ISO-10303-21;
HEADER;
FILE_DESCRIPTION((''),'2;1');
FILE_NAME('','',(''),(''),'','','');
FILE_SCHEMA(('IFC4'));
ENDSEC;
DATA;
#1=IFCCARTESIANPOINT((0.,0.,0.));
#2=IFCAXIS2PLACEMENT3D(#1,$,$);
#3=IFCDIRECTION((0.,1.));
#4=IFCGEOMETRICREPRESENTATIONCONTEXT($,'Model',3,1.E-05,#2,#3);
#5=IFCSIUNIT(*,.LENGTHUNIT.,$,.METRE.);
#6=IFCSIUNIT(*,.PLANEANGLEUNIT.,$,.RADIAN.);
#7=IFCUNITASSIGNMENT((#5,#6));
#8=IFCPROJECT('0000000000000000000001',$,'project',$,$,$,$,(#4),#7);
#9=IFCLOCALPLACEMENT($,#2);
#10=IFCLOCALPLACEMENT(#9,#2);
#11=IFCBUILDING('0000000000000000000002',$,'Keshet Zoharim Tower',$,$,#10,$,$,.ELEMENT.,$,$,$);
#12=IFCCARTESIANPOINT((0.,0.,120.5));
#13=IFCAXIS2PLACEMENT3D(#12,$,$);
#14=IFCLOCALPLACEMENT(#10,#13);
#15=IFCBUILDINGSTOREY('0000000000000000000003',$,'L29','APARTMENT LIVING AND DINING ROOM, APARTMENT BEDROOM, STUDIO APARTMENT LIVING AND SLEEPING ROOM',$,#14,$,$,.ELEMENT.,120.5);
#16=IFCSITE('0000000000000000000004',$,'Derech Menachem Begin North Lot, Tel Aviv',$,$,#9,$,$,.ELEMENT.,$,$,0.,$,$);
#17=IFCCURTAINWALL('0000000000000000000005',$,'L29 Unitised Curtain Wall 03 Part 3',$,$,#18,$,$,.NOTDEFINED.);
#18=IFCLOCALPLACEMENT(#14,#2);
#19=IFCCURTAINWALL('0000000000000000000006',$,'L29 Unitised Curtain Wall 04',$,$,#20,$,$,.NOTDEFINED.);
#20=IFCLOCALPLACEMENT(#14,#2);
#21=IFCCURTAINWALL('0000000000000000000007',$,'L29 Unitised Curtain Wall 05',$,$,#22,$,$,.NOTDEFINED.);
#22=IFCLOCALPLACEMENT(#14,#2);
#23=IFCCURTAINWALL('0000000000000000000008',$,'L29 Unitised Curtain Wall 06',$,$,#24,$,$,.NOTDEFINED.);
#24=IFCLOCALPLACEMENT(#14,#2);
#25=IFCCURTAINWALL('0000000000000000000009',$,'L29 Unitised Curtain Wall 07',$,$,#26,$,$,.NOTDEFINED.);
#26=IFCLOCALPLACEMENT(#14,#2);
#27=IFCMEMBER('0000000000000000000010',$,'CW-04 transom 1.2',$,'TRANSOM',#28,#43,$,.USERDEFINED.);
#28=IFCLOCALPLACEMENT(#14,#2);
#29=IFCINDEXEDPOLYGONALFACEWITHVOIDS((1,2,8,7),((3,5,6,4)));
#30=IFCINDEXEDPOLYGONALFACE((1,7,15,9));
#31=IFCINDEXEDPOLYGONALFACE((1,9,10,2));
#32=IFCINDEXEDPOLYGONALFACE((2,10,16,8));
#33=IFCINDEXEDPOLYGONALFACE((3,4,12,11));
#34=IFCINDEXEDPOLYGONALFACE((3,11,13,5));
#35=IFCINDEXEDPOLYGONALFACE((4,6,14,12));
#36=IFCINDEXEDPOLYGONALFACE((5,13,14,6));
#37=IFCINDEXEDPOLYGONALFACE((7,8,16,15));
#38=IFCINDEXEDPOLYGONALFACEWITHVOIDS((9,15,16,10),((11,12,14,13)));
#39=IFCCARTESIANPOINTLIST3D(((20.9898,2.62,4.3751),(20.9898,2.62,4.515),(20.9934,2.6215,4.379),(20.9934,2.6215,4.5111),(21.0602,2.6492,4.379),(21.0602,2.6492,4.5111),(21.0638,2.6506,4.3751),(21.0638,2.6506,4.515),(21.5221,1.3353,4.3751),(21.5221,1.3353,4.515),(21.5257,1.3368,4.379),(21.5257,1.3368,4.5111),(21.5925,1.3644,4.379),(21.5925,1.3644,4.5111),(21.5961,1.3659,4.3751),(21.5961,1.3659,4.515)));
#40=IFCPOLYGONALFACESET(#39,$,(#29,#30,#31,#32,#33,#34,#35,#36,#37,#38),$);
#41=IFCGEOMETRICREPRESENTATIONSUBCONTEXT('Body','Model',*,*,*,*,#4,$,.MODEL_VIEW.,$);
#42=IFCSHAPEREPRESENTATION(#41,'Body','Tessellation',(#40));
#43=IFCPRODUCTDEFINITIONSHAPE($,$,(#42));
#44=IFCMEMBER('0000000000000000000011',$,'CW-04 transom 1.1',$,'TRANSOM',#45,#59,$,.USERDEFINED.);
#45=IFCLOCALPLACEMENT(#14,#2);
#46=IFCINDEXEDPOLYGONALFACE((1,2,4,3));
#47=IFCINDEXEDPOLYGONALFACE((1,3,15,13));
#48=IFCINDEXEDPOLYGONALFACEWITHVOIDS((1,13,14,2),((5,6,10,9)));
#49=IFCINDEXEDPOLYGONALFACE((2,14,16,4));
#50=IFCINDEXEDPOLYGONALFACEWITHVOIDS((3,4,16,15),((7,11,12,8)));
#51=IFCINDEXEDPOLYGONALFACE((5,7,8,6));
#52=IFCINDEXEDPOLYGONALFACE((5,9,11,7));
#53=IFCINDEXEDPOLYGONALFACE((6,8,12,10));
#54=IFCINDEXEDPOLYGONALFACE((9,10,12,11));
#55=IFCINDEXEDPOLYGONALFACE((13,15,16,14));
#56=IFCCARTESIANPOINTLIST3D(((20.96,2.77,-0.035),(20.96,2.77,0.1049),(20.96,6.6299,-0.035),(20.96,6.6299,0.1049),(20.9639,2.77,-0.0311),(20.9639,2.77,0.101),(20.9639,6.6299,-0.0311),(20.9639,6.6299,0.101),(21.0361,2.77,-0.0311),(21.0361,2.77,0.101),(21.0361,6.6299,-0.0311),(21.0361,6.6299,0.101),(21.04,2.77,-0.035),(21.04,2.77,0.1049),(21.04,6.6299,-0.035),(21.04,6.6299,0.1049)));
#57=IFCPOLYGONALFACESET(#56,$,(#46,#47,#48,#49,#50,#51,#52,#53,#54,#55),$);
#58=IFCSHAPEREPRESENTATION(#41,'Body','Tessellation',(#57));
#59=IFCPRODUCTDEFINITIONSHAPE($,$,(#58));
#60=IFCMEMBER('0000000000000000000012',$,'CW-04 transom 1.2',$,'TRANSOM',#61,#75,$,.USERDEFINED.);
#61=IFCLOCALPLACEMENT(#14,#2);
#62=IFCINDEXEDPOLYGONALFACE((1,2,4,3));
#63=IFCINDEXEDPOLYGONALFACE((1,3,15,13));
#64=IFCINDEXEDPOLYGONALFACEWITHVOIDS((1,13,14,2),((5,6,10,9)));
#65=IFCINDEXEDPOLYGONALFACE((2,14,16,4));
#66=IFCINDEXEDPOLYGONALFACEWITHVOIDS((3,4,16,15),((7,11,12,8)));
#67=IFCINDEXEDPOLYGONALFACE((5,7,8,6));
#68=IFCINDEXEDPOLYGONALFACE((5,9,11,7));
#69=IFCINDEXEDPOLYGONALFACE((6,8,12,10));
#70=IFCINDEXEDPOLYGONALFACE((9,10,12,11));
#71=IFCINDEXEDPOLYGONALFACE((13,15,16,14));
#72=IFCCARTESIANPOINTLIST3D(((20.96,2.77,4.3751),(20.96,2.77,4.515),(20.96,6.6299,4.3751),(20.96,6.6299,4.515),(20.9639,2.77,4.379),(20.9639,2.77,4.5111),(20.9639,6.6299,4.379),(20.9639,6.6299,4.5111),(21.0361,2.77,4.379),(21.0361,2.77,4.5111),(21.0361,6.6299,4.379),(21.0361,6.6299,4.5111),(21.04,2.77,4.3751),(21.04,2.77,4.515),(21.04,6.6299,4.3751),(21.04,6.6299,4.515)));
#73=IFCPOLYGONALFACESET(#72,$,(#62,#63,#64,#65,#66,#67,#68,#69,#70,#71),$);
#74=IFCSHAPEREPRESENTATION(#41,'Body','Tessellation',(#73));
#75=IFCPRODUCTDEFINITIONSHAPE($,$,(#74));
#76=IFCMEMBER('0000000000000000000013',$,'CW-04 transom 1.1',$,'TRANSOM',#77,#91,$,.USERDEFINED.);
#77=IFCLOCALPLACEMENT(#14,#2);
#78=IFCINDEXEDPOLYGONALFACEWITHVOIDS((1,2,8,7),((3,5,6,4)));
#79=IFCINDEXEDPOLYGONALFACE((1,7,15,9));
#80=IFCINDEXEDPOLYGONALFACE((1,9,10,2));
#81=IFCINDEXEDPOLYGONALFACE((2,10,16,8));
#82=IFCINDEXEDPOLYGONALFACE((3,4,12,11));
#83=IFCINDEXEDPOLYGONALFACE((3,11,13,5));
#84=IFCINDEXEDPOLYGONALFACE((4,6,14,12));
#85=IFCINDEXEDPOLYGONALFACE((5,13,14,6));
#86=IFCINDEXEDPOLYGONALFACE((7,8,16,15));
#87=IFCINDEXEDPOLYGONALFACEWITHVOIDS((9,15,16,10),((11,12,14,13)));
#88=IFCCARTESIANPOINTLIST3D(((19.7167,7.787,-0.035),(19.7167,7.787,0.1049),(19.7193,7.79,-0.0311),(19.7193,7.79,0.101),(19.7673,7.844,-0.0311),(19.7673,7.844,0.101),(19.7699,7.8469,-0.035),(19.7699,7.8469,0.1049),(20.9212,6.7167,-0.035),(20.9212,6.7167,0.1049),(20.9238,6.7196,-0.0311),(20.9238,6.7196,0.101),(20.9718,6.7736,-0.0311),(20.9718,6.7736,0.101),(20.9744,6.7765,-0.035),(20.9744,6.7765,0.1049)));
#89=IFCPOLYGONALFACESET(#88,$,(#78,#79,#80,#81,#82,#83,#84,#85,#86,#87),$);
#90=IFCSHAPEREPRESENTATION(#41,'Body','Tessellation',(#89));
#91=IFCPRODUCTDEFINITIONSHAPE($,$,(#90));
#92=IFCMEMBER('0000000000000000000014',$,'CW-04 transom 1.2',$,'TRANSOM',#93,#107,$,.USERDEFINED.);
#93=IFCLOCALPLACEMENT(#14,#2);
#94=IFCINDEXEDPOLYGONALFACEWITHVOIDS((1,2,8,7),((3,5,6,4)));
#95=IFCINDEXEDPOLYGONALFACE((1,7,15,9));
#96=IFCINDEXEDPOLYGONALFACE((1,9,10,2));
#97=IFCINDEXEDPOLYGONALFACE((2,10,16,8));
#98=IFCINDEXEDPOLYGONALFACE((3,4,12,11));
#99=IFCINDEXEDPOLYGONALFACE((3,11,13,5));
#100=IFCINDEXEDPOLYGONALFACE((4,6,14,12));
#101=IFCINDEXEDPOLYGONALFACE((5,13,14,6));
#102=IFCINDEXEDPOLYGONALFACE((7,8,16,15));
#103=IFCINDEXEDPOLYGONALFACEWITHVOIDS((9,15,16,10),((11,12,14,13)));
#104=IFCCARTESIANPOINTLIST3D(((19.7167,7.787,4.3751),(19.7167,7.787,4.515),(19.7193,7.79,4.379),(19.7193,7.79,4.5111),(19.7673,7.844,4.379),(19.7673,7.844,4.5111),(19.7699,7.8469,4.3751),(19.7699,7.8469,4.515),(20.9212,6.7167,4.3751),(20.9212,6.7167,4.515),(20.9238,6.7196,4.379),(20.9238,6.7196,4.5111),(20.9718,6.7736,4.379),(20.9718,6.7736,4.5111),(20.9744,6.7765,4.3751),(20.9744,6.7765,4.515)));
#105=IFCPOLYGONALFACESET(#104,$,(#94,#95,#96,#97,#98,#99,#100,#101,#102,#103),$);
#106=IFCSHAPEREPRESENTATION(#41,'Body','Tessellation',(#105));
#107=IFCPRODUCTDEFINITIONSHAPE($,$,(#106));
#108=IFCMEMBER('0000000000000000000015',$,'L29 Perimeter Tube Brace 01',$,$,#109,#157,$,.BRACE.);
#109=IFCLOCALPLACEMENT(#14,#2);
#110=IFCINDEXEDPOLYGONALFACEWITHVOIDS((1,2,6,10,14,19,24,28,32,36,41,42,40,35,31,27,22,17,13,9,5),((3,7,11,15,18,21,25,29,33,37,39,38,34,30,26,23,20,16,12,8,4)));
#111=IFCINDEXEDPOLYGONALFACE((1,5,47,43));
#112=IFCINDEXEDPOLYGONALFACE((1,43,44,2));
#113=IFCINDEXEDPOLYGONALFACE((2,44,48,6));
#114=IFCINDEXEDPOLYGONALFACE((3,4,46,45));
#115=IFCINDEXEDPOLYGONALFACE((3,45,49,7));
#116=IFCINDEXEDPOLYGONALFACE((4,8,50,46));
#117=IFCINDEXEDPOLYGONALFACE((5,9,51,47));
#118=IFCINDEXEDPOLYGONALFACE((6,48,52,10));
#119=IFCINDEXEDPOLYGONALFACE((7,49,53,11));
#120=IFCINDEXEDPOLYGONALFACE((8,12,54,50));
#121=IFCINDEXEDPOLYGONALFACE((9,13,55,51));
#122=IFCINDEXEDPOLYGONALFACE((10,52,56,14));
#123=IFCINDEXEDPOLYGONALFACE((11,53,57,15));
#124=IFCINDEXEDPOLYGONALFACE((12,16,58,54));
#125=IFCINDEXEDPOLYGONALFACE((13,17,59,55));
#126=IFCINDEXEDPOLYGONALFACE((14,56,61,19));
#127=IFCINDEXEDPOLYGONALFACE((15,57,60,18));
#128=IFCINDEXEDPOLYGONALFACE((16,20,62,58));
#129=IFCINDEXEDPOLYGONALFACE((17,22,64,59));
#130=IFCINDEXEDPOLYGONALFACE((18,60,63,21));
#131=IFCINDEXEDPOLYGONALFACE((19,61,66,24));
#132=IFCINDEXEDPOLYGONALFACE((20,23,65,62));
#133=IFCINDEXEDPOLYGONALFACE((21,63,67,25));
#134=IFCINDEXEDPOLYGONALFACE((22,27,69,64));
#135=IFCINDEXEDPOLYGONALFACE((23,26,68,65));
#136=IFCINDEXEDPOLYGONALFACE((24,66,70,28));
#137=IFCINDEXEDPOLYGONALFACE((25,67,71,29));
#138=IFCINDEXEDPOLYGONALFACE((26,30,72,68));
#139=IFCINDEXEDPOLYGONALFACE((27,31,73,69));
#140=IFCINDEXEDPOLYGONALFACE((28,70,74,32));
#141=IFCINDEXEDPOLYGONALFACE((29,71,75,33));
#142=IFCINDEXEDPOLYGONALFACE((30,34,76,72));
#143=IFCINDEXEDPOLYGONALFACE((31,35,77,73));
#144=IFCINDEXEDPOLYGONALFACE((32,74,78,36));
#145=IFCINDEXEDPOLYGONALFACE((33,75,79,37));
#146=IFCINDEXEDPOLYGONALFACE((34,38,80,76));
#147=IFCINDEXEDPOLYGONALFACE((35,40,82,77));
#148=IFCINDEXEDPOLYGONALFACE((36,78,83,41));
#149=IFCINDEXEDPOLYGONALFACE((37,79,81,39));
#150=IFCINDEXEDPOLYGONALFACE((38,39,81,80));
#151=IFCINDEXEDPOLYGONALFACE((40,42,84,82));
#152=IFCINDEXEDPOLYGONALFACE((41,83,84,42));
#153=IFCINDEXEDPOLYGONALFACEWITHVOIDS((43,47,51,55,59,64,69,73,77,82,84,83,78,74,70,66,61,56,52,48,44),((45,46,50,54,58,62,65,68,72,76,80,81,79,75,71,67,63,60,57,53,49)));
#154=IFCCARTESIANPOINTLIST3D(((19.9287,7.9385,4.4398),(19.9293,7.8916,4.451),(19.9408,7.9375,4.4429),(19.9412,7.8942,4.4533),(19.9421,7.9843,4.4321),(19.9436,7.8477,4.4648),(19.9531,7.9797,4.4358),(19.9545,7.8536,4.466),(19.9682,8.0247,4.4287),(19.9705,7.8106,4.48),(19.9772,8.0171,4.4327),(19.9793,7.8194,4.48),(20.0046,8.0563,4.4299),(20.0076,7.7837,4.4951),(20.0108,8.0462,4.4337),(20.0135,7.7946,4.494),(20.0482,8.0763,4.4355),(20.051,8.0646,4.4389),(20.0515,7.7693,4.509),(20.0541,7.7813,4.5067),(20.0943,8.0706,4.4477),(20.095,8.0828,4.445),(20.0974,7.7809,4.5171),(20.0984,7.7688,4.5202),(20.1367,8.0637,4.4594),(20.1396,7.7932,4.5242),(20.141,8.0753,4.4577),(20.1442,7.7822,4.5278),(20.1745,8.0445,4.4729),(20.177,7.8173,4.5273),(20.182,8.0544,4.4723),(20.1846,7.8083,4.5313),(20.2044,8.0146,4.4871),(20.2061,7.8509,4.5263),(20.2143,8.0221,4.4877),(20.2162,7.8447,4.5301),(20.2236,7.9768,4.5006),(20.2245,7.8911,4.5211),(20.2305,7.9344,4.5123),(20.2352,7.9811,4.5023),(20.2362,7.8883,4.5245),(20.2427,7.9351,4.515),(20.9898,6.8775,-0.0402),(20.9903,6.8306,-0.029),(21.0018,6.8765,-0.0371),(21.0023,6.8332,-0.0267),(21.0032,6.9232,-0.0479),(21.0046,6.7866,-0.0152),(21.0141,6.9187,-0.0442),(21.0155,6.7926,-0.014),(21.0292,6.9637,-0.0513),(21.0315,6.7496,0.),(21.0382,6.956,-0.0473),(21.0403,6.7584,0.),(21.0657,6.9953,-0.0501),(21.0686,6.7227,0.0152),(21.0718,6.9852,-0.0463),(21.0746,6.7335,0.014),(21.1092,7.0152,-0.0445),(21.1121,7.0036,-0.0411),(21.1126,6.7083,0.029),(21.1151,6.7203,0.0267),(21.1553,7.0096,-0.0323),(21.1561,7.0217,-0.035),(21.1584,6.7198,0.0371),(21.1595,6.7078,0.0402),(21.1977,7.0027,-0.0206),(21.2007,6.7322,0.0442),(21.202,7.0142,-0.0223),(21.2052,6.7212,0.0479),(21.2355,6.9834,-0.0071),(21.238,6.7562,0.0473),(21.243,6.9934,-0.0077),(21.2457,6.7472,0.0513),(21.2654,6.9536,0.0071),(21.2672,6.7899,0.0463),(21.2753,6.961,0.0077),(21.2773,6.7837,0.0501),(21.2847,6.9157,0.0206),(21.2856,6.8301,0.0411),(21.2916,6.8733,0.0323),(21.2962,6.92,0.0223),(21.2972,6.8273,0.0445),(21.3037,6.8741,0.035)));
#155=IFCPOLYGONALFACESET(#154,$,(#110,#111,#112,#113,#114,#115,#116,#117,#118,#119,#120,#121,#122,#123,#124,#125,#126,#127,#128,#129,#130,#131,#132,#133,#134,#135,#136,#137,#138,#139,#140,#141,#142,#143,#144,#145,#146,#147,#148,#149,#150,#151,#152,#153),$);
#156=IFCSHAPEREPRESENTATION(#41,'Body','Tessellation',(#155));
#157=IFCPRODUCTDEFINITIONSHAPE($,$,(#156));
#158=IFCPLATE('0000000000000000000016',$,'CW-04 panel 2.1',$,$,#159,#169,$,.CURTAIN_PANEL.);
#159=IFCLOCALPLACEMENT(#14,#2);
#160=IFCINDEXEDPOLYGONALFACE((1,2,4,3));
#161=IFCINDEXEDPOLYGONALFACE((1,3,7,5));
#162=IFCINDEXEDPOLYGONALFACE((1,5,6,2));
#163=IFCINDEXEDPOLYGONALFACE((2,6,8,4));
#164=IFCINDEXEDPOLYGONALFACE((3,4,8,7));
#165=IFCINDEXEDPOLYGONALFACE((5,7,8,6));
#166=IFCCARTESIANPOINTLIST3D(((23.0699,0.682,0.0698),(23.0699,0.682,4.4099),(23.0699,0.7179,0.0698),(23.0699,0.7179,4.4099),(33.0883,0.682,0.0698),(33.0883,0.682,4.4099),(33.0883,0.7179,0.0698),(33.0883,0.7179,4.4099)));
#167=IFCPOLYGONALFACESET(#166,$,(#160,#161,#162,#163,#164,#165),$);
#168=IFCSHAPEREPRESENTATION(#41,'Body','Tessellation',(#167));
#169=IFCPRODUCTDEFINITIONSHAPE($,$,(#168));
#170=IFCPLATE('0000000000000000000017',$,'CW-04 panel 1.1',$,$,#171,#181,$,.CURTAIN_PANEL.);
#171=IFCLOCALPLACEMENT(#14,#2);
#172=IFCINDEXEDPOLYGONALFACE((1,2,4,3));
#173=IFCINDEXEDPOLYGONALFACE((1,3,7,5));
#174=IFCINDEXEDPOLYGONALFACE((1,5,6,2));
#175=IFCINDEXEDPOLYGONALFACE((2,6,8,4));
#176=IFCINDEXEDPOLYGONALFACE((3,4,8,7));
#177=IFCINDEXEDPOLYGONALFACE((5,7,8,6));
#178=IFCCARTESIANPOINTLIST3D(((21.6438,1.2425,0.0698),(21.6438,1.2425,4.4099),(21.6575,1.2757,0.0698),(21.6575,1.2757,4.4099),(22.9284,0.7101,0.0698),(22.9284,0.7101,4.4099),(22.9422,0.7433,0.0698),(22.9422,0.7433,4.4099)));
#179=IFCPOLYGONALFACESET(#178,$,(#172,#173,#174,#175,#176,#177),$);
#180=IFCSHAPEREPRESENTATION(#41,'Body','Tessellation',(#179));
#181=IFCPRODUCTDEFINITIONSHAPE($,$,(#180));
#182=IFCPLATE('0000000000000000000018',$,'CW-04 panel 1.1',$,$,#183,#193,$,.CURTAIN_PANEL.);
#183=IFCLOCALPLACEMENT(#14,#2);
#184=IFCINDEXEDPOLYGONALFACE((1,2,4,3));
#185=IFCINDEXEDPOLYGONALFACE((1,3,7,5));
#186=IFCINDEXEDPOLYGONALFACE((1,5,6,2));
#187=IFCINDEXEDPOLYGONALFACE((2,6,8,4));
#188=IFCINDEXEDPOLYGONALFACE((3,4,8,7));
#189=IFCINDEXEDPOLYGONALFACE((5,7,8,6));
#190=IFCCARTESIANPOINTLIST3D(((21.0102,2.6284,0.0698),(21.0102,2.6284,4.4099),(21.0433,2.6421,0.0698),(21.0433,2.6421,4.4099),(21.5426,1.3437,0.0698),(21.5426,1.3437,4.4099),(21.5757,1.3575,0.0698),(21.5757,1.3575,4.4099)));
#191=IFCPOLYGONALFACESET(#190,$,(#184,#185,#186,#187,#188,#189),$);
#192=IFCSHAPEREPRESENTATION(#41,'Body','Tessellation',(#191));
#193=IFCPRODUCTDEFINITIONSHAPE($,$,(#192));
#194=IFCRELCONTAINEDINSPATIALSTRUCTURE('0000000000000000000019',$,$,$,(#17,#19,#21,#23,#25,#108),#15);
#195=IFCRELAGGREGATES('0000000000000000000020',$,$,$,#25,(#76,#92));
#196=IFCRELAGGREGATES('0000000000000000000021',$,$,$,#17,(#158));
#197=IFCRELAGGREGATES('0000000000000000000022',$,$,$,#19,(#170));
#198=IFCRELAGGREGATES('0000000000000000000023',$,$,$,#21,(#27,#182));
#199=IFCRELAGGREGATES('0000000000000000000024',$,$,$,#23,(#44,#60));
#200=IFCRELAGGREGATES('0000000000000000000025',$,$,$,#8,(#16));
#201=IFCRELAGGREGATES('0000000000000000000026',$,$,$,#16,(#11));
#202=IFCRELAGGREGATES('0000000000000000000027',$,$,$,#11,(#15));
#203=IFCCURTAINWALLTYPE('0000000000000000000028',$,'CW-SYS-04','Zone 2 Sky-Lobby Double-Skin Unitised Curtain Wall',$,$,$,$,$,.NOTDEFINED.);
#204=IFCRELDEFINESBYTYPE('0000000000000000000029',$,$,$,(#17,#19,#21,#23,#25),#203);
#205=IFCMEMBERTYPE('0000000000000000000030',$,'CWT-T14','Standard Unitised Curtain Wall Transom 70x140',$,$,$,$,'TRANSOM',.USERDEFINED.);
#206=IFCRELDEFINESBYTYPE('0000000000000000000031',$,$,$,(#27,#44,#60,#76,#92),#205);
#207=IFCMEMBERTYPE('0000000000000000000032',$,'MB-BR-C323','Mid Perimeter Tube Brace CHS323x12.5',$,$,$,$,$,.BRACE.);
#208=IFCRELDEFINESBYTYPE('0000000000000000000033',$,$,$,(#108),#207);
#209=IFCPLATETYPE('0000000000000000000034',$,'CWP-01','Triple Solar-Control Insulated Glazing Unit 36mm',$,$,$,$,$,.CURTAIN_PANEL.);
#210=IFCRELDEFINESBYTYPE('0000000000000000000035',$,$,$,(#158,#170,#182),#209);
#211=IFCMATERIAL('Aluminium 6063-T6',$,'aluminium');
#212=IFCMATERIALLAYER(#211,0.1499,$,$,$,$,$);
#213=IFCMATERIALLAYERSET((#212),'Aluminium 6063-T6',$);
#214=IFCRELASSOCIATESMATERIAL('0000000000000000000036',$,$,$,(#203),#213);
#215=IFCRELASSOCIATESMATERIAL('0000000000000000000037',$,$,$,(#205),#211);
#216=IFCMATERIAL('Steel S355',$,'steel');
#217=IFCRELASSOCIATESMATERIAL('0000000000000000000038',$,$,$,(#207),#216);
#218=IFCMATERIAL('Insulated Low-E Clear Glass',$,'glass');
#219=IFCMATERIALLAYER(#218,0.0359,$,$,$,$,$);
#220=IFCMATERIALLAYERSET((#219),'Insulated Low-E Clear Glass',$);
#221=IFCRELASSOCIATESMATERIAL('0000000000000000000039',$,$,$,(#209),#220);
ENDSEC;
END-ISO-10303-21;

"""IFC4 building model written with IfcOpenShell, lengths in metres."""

from ifc_helpers import new_model, si_unit, direction, frame, origin, origin_2d, place, context, subcontext, project, spatial, rectangle, hollow_rectangle, hollow_circle, extrude, material, layer, layer_set, material_profile, profile_set, type_object, element, aggregate, save


model = new_model("IFC4")

# Units and contexts
model_context = context("Model", 3, precision=1e-05, world=origin(), true_north=direction((0.0, 1.0)))
body_context = subcontext(model_context, "Body", "Model", "MODEL_VIEW")
ifc_project = project(units=[si_unit("LENGTHUNIT", "METRE"), si_unit("PLANEANGLEUNIT", "RADIAN")], contexts=[model_context])

# Site, building, storey
site_placement = place(None, origin())
site = spatial("IfcSite", under=ifc_project, at=site_placement, Name="Derech Menachem Begin North Lot, Tel Aviv", CompositionType="ELEMENT", RefElevation=0.0)
building_placement = place(site_placement, origin())
building = spatial("IfcBuilding", under=site, at=building_placement, Name="Keshet Zoharim Tower", CompositionType="ELEMENT")
storey_placement = place(building_placement, frame((0.0, 0.0, 120.5)))
storey = spatial("IfcBuildingStorey", under=building, at=storey_placement, Name="L29", Description="APARTMENT LIVING AND DINING ROOM, APARTMENT BEDROOM, STUDIO APARTMENT LIVING AND SLEEPING ROOM", CompositionType="ELEMENT", Elevation=120.5)

# Shared definitions
ifc_material_1 = material(Name="Steel S355", Category="steel")

# Curtain wall
ifc_material_2 = material(Name="Aluminium 6063-T6", Category="aluminium")
ifc_layer_1 = layer(ifc_material_2, 0.1499)
ifc_layer_set_1 = layer_set([ifc_layer_1], Name="Aluminium 6063-T6")
curtain_wall_type = type_object("IfcCurtainWallType", Name="CW-SYS-04", Description="Zone 2 Sky-Lobby Double-Skin Unitised Curtain Wall", PredefinedType="NOTDEFINED", material=ifc_layer_set_1)
curtain_wall_1_placement = place(storey_placement, origin())
curtain_wall_1 = element("IfcCurtainWall", 1, at=curtain_wall_1_placement, inside=storey, type_object=curtain_wall_type, Name="L29 Unitised Curtain Wall 03 Part 3", PredefinedType="NOTDEFINED")

# Curtain walls
curtain_wall_2_placement = place(storey_placement, origin())
curtain_wall_2 = element("IfcCurtainWall", 2, at=curtain_wall_2_placement, inside=storey, type_object=curtain_wall_type, Name="L29 Unitised Curtain Wall 04", PredefinedType="NOTDEFINED")
curtain_wall_3_placement = place(storey_placement, origin())
curtain_wall_3 = element("IfcCurtainWall", 3, at=curtain_wall_3_placement, inside=storey, type_object=curtain_wall_type, Name="L29 Unitised Curtain Wall 05", PredefinedType="NOTDEFINED")
curtain_wall_4_placement = place(storey_placement, origin())
curtain_wall_4 = element("IfcCurtainWall", 4, at=curtain_wall_4_placement, inside=storey, type_object=curtain_wall_type, Name="L29 Unitised Curtain Wall 06", PredefinedType="NOTDEFINED")

# Curtain wall
curtain_wall_5_placement = place(storey_placement, origin())
curtain_wall_5 = element("IfcCurtainWall", 5, at=curtain_wall_5_placement, inside=storey, type_object=curtain_wall_type, Name="L29 Unitised Curtain Wall 07", PredefinedType="NOTDEFINED")

# Members
ifc_material_profile_1 = material_profile(ifc_material_2, hollow_rectangle(XDim=0.0801, YDim=0.1399, WallThickness=0.0039, at=origin_2d()), Name="TRN-80x140")
ifc_profile_set_1 = profile_set([ifc_material_profile_1], Name="Aluminium 6063-T6")
member_type_1 = type_object("IfcMemberType", Name="CWT-T14", Description="Standard Unitised Curtain Wall Transom 70x140", ElementType="TRANSOM", PredefinedType="USERDEFINED", material=ifc_profile_set_1)
member_1_placement = place(storey_placement, frame((21.5591, 1.3506, 4.4451), z_axis=(-0.382745, 0.923854, 0.0), x_axis=(-0.923854, -0.382745, 0.0)))
member_1 = element("IfcMember", 6, at=member_1_placement, type_object=member_type_1, Name="CW-04 transom 1.2", ObjectType="TRANSOM", PredefinedType="USERDEFINED", context=body_context, shape_type="SweptSolid", body=[
    extrude(hollow_rectangle(XDim=0.0801, YDim=0.1399, WallThickness=0.0039, at=origin_2d()), origin(), (0.0, 0.0, 1.0), 1.3906),
])
member_2_placement = place(storey_placement, frame((21.0, 2.77, 0.0349), z_axis=(0.0, 1.0, 0.0), x_axis=(-1.0, 0.0, 0.0)))
member_2 = element("IfcMember", 7, at=member_2_placement, type_object=member_type_1, Name="CW-04 transom 1.1", ObjectType="TRANSOM", PredefinedType="USERDEFINED", context=body_context, shape_type="SweptSolid", body=[
    extrude(hollow_rectangle(XDim=0.0801, YDim=0.1399, WallThickness=0.0039, at=origin_2d()), origin(), (0.0, 0.0, 1.0), 3.8599),
])
member_3_placement = place(storey_placement, frame((21.0, 2.77, 4.4451), z_axis=(0.0, 1.0, 0.0), x_axis=(-1.0, 0.0, 0.0)))
member_3 = element("IfcMember", 8, at=member_3_placement, type_object=member_type_1, Name="CW-04 transom 1.2", ObjectType="TRANSOM", PredefinedType="USERDEFINED", context=body_context, shape_type="SweptSolid", body=[
    extrude(hollow_rectangle(XDim=0.0801, YDim=0.1399, WallThickness=0.0039, at=origin_2d()), origin(), (0.0, 0.0, 1.0), 3.8599),
])
member_4_placement = place(storey_placement, frame((20.9478, 6.7466, 0.0349), z_axis=(-0.747476, 0.664289, 0.0), x_axis=(-0.664289, -0.747476, 0.0)))
member_4 = element("IfcMember", 9, at=member_4_placement, type_object=member_type_1, Name="CW-04 transom 1.1", ObjectType="TRANSOM", PredefinedType="USERDEFINED", context=body_context, shape_type="SweptSolid", body=[
    extrude(hollow_rectangle(XDim=0.0801, YDim=0.1399, WallThickness=0.0039, at=origin_2d()), origin(), (0.0, 0.0, 1.0), 1.6113),
])
member_5_placement = place(storey_placement, frame((20.9478, 6.7466, 4.4451), z_axis=(-0.747476, 0.664289, 0.0), x_axis=(-0.664289, -0.747476, 0.0)))
member_5 = element("IfcMember", 10, at=member_5_placement, type_object=member_type_1, Name="CW-04 transom 1.2", ObjectType="TRANSOM", PredefinedType="USERDEFINED", context=body_context, shape_type="SweptSolid", body=[
    extrude(hollow_rectangle(XDim=0.0801, YDim=0.1399, WallThickness=0.0039, at=origin_2d()), origin(), (0.0, 0.0, 1.0), 1.6113),
])
aggregate(curtain_wall_5, [member_4, member_5])
ifc_material_profile_2 = material_profile(ifc_material_1, hollow_circle(Radius=0.1619, WallThickness=0.0125, at=origin_2d()), Name="CHS323x12.5")
ifc_profile_set_2 = profile_set([ifc_material_profile_2], Name="Steel S355")
member_type_2 = type_object("IfcMemberType", Name="MB-BR-C323", Description="Mid Perimeter Tube Brace CHS323x12.5", PredefinedType="BRACE", material=ifc_profile_set_2)
member_6_placement = place(storey_placement, frame((21.146, 6.864, 0.0), z_axis=(-0.224577, 0.224577, 0.948225), x_axis=(-0.707107, -0.707107, 0.0)))
element("IfcMember", 11, at=member_6_placement, inside=storey, type_object=member_type_2, Name="L29 Perimeter Tube Brace 01", PredefinedType="BRACE", context=body_context, shape_type="SweptSolid", body=[
    extrude(hollow_circle(Radius=0.1619, WallThickness=0.0125, at=origin_2d()), origin(), (0.0, 0.0, 1.0), 4.7246),
])

# Plates
ifc_material_3 = material(Name="Insulated Low-E Clear Glass", Category="glass")
ifc_layer_2 = layer(ifc_material_3, 0.0359)
ifc_layer_set_2 = layer_set([ifc_layer_2], Name="Insulated Low-E Clear Glass")
plate_type = type_object("IfcPlateType", Name="CWP-01", Description="Triple Solar-Control Insulated Glazing Unit 36mm", PredefinedType="CURTAIN_PANEL", material=ifc_layer_set_2)
plate_1_placement = place(storey_placement, frame((28.0791, 0.7, 0.0698), z_axis=(0.0, 0.0, 1.0), x_axis=(-1.0, 0.0, 0.0)))
plate_1 = element("IfcPlate", 12, at=plate_1_placement, type_object=plate_type, Name="CW-04 panel 2.1", PredefinedType="CURTAIN_PANEL", context=body_context, shape_type="SweptSolid", body=[
    extrude(rectangle(XDim=10.0183, YDim=0.0359, at=origin_2d()), origin(), (0.0, 0.0, 1.0), 4.3401),
])
aggregate(curtain_wall_1, [plate_1])
plate_2_placement = place(storey_placement, frame((22.293, 0.9929, 0.0698), z_axis=(0.0, 0.0, 1.0), x_axis=(-0.92381, 0.382852, 0.0)))
plate_2 = element("IfcPlate", 13, at=plate_2_placement, type_object=plate_type, Name="CW-04 panel 1.1", PredefinedType="CURTAIN_PANEL", context=body_context, shape_type="SweptSolid", body=[
    extrude(rectangle(XDim=1.3906, YDim=0.0359, at=origin_2d()), origin(), (0.0, 0.0, 1.0), 4.3401),
])
aggregate(curtain_wall_2, [plate_2])
plate_3_placement = place(storey_placement, frame((21.293, 1.9929, 0.0698), z_axis=(0.0, 0.0, 1.0), x_axis=(-0.382852, 0.92381, 0.0)))
plate_3 = element("IfcPlate", 14, at=plate_3_placement, type_object=plate_type, Name="CW-04 panel 1.1", PredefinedType="CURTAIN_PANEL", context=body_context, shape_type="SweptSolid", body=[
    extrude(rectangle(XDim=1.3906, YDim=0.0359, at=origin_2d()), origin(), (0.0, 0.0, 1.0), 4.3401),
])
aggregate(curtain_wall_3, [member_1, plate_3])
aggregate(curtain_wall_4, [member_2, member_3])

save(model, "model.ifc")
